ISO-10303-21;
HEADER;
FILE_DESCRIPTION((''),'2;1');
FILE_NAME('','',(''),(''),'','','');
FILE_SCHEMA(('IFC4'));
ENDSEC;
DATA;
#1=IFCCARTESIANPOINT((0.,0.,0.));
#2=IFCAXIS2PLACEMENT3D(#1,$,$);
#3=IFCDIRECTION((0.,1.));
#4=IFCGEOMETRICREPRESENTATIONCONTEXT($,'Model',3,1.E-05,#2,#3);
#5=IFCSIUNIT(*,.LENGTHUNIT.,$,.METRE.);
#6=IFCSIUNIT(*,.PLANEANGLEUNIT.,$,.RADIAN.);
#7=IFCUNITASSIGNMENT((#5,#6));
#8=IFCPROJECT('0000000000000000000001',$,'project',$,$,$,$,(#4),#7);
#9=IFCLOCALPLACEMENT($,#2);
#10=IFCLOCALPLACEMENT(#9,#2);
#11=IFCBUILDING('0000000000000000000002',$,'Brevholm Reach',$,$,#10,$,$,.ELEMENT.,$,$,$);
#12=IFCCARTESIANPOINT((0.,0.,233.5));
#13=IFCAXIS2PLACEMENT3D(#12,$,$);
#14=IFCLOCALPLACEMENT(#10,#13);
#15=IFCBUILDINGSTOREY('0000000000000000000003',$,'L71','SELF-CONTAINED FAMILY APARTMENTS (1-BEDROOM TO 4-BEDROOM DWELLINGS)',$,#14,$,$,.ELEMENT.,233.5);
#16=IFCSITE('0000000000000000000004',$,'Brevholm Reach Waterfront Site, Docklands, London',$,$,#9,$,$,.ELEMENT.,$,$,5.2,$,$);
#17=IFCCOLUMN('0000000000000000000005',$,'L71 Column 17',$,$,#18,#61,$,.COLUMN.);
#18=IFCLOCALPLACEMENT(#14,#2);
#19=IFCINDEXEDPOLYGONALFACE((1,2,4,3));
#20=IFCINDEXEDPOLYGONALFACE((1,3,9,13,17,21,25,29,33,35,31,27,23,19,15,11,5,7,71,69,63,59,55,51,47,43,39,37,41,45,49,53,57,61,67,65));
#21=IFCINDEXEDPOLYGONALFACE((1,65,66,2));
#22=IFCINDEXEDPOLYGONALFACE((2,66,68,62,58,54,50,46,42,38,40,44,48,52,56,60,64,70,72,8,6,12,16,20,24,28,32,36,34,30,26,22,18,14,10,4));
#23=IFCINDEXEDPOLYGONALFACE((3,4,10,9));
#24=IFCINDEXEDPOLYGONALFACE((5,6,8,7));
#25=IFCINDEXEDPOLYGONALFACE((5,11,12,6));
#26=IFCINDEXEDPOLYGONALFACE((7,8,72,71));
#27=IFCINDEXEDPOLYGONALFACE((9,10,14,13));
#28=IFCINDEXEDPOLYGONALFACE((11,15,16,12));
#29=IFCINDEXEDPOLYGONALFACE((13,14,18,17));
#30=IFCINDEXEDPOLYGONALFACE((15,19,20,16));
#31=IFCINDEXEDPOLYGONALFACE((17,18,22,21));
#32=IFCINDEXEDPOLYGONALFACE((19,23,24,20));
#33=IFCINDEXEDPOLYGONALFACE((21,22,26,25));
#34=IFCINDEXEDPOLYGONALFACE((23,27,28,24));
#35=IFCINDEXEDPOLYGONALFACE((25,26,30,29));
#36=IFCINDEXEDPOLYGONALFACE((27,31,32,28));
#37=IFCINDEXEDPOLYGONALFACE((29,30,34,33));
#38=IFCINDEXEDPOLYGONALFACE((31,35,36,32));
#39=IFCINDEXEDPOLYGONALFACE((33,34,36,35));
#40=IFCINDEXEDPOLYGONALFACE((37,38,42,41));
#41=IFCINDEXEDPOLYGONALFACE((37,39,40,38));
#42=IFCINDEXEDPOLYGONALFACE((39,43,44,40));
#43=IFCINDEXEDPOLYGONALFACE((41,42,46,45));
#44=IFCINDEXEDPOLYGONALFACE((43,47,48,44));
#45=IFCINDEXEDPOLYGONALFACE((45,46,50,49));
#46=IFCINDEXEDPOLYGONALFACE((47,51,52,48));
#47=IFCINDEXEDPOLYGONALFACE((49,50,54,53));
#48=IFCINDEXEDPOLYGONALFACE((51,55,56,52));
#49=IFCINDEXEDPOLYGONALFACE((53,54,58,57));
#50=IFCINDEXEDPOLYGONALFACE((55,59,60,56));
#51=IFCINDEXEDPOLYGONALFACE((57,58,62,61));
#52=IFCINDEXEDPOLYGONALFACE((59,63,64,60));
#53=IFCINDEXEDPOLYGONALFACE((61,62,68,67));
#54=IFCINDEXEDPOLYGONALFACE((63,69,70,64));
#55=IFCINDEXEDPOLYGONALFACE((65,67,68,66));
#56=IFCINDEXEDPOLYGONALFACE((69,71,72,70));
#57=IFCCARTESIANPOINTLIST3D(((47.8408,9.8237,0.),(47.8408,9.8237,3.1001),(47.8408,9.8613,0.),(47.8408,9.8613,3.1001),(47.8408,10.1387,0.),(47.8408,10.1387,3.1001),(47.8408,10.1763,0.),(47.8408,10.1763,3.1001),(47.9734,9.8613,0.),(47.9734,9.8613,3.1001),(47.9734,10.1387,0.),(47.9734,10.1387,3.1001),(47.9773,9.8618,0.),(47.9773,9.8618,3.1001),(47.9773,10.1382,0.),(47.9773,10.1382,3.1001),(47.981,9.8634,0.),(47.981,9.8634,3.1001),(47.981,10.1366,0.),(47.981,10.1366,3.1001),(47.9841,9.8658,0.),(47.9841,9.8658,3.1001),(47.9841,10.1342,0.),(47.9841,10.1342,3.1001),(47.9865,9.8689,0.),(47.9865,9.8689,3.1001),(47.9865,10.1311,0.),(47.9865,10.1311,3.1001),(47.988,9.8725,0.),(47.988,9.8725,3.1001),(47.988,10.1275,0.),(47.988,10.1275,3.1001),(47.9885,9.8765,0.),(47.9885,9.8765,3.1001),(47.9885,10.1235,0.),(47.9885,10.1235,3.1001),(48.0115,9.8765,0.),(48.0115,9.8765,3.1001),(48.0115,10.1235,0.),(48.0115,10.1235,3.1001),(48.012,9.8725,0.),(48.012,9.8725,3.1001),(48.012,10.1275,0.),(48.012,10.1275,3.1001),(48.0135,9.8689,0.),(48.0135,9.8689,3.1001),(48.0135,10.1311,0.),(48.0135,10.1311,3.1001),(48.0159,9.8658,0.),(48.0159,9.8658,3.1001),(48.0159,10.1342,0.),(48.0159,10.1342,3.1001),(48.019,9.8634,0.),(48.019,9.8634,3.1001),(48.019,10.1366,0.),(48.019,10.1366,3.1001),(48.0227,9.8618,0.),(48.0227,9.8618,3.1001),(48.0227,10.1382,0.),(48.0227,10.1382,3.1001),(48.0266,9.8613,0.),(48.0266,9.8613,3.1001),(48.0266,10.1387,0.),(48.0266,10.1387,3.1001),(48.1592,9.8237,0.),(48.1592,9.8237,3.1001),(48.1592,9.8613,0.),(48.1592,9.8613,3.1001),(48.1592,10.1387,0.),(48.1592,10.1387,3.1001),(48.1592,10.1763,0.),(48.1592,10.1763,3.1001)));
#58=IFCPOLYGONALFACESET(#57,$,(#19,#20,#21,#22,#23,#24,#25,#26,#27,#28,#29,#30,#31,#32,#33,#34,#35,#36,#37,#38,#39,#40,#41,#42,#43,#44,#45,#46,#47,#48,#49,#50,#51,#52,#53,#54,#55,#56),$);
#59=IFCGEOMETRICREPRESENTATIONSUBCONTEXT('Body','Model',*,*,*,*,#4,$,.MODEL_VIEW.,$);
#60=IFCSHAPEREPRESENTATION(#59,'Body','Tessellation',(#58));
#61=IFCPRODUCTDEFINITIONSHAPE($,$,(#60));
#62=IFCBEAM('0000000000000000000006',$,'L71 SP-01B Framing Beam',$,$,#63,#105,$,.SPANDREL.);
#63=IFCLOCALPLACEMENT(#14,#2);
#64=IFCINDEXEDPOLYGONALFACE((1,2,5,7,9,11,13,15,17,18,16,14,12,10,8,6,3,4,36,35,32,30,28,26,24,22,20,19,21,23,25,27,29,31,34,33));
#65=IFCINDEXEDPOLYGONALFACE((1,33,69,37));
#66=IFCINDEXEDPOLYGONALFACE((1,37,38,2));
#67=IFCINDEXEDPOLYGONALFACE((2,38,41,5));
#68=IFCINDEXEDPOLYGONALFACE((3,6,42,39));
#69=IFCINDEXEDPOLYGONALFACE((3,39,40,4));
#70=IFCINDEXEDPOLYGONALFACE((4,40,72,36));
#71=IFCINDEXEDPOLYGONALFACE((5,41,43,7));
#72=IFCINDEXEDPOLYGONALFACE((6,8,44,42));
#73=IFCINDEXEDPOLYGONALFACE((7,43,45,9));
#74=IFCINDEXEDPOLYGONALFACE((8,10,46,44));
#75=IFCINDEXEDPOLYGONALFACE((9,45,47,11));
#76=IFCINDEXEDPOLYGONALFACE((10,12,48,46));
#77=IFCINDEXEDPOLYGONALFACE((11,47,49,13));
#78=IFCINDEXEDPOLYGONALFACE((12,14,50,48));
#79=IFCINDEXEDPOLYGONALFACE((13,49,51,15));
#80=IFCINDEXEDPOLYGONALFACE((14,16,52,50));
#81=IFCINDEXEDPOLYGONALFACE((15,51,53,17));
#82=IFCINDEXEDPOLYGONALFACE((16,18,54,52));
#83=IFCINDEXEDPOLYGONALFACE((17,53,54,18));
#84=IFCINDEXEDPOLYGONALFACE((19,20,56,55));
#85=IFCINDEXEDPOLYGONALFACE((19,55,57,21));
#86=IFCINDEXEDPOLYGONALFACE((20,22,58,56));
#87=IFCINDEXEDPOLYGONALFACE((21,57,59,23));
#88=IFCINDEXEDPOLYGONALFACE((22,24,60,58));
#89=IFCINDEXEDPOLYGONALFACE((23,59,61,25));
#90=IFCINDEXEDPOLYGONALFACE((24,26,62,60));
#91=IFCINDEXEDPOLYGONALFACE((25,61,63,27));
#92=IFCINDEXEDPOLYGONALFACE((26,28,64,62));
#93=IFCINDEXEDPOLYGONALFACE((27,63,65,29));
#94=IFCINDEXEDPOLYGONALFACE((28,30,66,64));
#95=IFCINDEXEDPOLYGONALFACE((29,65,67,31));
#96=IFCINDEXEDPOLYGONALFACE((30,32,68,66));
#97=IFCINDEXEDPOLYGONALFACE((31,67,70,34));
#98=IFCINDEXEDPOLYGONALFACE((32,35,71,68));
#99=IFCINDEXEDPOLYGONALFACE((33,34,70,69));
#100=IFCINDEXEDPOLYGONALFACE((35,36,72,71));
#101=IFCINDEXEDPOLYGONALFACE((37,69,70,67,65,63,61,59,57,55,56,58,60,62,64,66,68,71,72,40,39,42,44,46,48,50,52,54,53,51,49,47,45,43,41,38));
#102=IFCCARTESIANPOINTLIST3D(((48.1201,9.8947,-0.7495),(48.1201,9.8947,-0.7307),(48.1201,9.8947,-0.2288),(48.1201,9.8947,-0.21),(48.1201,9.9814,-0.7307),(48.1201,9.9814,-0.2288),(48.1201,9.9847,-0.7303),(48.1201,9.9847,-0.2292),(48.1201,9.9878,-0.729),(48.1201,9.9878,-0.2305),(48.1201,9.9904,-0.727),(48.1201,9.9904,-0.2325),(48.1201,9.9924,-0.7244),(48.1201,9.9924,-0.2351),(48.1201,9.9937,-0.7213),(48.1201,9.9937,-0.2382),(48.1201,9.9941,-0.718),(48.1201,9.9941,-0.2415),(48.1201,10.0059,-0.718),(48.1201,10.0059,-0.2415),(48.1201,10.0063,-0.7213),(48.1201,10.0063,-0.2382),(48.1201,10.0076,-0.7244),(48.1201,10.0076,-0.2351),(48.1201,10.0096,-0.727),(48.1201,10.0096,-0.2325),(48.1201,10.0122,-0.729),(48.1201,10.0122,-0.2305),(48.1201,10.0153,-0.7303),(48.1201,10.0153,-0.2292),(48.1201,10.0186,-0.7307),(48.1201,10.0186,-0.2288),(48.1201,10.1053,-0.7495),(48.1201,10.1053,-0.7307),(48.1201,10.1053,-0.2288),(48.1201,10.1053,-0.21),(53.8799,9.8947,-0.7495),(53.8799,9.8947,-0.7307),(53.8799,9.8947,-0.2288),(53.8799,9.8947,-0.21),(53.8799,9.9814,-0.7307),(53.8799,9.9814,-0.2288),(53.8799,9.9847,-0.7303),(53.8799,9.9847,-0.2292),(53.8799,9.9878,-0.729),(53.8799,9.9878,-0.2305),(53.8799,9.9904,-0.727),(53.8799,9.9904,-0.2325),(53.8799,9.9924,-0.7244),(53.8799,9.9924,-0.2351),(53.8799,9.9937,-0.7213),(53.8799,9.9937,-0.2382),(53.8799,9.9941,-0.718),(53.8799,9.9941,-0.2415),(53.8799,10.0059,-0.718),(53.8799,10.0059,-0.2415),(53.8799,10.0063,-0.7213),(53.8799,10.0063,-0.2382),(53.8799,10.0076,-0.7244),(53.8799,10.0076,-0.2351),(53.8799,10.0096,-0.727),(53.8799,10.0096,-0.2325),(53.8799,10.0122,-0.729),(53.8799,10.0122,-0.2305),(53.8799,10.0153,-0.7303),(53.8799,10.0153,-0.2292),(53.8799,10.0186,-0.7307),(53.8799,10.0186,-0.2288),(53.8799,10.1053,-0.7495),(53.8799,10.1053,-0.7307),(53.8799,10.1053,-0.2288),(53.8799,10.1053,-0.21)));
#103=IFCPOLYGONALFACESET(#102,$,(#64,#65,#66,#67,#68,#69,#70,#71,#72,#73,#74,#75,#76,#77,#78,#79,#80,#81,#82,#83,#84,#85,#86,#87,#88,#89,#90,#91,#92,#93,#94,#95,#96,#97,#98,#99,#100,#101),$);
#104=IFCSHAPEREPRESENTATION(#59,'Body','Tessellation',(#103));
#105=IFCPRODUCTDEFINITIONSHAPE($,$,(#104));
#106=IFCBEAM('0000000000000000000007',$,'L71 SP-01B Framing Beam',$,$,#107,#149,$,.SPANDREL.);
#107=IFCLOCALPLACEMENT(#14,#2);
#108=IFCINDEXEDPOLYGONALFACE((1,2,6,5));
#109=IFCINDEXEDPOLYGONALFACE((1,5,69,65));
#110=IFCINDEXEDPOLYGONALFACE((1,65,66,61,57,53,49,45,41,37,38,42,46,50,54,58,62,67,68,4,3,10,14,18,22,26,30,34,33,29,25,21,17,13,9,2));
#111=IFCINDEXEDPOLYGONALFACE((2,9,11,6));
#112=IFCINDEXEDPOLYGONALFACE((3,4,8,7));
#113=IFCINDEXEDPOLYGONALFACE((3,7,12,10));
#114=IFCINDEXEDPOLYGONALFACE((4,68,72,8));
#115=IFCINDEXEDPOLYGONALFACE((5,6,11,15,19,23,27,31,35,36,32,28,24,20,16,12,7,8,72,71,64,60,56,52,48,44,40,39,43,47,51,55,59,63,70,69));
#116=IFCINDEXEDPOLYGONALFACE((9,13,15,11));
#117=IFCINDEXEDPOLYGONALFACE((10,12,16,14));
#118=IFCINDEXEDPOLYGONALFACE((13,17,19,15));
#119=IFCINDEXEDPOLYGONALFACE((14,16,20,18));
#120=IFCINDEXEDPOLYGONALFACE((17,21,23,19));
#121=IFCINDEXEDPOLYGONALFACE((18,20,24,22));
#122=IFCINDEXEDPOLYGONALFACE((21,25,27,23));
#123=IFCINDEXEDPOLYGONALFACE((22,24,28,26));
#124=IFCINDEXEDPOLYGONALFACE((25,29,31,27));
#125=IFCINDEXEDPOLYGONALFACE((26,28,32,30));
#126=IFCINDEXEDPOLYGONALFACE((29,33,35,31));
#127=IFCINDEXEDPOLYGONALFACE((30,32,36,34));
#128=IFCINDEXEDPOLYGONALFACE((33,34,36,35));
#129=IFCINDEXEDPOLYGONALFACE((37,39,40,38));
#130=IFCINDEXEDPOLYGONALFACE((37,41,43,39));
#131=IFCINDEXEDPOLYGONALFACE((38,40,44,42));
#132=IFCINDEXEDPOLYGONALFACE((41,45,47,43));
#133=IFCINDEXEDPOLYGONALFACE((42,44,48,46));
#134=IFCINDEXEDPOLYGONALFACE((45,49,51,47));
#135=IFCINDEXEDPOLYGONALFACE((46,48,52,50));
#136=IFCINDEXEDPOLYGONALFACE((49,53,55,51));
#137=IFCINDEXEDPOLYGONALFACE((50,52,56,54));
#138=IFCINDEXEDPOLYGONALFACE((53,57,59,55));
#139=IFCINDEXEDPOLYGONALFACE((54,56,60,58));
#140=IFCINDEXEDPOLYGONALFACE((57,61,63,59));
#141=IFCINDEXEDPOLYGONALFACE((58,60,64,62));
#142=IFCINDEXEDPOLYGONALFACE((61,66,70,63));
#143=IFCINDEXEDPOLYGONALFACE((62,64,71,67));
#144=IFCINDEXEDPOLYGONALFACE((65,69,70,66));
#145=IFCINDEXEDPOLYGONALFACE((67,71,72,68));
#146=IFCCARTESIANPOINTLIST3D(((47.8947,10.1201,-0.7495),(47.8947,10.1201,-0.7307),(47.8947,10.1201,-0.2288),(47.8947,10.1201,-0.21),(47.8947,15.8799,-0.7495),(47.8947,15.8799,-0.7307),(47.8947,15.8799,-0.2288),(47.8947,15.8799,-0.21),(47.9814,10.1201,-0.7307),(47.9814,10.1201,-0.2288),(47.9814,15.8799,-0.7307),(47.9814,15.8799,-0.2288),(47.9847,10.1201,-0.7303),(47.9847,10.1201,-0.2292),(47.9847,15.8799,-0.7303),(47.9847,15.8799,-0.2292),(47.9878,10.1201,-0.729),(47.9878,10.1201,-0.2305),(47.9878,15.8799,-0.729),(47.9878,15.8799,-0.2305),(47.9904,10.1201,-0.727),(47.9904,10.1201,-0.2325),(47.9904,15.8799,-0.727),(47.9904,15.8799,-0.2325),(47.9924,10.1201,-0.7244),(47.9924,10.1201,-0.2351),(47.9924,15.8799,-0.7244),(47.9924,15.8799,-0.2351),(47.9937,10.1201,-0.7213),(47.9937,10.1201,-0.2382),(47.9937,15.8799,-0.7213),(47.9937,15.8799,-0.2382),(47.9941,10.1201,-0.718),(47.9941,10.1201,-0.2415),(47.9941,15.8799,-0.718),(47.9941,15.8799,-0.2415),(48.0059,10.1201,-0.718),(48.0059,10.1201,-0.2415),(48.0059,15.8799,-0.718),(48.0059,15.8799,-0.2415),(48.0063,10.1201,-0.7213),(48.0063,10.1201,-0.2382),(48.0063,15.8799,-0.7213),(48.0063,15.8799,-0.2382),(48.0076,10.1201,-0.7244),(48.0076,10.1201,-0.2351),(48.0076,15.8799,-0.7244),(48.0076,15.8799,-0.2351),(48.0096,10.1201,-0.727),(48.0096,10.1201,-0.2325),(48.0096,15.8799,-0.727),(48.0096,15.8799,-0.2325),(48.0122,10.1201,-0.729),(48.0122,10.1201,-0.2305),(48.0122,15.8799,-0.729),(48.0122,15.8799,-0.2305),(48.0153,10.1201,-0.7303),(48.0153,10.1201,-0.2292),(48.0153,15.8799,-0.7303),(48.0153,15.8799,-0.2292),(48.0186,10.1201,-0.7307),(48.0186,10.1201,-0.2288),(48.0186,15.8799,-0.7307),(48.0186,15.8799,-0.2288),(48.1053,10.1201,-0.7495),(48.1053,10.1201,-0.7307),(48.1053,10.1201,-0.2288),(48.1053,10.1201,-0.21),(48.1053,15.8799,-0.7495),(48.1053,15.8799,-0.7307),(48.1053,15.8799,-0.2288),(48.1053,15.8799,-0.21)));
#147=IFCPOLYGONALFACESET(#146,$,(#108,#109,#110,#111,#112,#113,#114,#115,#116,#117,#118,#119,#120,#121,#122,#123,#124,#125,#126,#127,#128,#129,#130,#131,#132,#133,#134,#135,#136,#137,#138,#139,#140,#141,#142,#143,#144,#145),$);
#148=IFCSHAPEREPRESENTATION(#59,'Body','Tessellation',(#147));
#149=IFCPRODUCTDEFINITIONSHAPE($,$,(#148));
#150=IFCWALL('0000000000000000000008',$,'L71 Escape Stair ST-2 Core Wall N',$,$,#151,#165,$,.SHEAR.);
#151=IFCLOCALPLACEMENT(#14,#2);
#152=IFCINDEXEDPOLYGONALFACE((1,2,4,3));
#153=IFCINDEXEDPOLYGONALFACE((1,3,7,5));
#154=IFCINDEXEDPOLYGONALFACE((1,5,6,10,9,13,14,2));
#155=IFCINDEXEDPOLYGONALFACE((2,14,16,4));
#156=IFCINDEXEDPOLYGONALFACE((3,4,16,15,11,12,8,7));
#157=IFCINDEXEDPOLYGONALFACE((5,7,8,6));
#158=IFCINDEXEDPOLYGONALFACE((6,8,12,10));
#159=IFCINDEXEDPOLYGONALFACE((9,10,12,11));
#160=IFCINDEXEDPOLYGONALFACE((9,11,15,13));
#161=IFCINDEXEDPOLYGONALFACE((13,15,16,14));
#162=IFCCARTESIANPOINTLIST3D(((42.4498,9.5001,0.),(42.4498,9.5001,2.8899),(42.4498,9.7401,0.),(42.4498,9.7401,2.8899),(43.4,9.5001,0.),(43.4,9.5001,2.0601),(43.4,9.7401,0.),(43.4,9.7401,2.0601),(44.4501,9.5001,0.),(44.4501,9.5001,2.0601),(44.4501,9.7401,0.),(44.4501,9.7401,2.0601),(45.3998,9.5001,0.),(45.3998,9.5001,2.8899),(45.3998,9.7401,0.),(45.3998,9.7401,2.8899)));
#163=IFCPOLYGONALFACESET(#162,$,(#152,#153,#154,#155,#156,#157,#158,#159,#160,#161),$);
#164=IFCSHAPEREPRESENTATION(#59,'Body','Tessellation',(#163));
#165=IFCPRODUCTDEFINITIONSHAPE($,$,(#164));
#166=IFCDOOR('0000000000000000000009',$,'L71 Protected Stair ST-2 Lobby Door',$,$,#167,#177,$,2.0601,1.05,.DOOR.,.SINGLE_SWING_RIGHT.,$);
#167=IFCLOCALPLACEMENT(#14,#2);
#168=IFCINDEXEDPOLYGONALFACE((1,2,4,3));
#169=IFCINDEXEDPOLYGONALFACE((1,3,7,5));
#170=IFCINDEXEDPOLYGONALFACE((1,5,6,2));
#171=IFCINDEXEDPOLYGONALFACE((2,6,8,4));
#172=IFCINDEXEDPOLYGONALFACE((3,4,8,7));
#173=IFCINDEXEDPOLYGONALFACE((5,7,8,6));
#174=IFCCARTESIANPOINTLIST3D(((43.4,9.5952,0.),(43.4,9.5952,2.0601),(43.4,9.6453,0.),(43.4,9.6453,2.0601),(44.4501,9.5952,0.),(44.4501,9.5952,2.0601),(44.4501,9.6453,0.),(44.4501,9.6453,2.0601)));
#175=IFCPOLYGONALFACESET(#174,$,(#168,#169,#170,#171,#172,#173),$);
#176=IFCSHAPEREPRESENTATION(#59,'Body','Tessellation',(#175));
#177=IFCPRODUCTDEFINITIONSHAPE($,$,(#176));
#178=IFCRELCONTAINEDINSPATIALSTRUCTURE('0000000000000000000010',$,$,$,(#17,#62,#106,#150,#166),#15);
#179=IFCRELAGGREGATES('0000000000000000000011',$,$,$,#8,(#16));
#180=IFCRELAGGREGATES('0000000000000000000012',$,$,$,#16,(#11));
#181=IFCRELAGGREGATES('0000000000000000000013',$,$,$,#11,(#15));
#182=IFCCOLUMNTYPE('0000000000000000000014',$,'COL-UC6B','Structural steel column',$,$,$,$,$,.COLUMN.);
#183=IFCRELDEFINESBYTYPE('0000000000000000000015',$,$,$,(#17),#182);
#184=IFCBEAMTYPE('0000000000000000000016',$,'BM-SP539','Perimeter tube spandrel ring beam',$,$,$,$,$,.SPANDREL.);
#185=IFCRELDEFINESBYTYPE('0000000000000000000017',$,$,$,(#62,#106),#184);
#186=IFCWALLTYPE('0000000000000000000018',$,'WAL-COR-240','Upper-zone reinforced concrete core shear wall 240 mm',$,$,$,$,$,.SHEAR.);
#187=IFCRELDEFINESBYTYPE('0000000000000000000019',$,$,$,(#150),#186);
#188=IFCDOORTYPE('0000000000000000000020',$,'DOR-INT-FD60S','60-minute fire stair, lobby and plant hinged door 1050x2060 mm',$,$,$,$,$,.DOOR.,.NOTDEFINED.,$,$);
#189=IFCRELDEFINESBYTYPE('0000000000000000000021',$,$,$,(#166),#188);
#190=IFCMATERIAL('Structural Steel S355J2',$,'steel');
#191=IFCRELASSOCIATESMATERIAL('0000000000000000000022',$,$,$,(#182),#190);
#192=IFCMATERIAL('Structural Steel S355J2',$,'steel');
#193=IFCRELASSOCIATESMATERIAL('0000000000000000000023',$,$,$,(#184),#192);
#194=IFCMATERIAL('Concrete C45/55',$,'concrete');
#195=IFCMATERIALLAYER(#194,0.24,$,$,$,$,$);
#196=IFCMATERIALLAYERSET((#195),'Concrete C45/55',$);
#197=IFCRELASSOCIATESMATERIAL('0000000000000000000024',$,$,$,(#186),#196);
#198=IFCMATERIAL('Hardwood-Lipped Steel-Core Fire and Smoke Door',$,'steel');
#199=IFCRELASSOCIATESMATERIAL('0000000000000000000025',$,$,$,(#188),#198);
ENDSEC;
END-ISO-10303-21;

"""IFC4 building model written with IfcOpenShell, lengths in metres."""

from ifc_helpers import new_model, si_unit, direction, frame, frame_2d, origin, origin_2d, place, context, subcontext, project, spatial, rectangle, i_section, extrude, material, layer, layer_set, material_profile, profile_set, type_object, element, fill, save


model = new_model("IFC4")

# Units and contexts
model_context = context("Model", 3, precision=1e-05, world=origin(), true_north=direction((0.0, 1.0)))
body_context = subcontext(model_context, "Body", "Model", "MODEL_VIEW")
ifc_project = project(units=[si_unit("LENGTHUNIT", "METRE"), si_unit("PLANEANGLEUNIT", "RADIAN")], contexts=[model_context])

# Site, building, storey
site_placement = place(None, origin())
site = spatial("IfcSite", under=ifc_project, at=site_placement, Name="Brevholm Reach Waterfront Site, Docklands, London", CompositionType="ELEMENT", RefElevation=5.2)
building_placement = place(site_placement, origin())
building = spatial("IfcBuilding", under=site, at=building_placement, Name="Brevholm Reach", CompositionType="ELEMENT")
storey_placement = place(building_placement, frame((0.0, 0.0, 233.5)))
storey = spatial("IfcBuildingStorey", under=building, at=storey_placement, Name="L71", Description="SELF-CONTAINED FAMILY APARTMENTS (1-BEDROOM TO 4-BEDROOM DWELLINGS)", CompositionType="ELEMENT", Elevation=233.5)

# Column
ifc_material_1 = material(Name="Structural Steel S355J2", Category="steel")
ifc_material_profile_1 = material_profile(ifc_material_1, i_section(OverallWidth=0.3184, OverallDepth=0.3525, WebThickness=0.0229, FlangeThickness=0.0376, FilletRadius=0.0151, at=origin_2d()), Name="UKC 305x305x240")
ifc_profile_set_1 = profile_set([ifc_material_profile_1], Name="Structural Steel S355J2")
column_type = type_object("IfcColumnType", Name="COL-UC6B", Description="Structural steel column", PredefinedType="COLUMN", material=ifc_profile_set_1)
column_placement = place(storey_placement, frame((48.0, 10.0, 0.0), z_axis=(0.0, 0.0, 1.0), x_axis=(1.0, 0.0, 0.0)))
element("IfcColumn", 1, at=column_placement, inside=storey, type_object=column_type, Name="L71 Column 17", PredefinedType="COLUMN", context=body_context, shape_type="SweptSolid", body=[
    extrude(i_section(OverallWidth=0.3184, OverallDepth=0.3525, WebThickness=0.0229, FlangeThickness=0.0376, FilletRadius=0.0151, at=origin_2d()), origin(), (0.0, 0.0, 1.0), 3.1001),
])

# Beams
ifc_material_2 = material(Name="Structural Steel S355J2", Category="steel")
ifc_material_profile_2 = material_profile(ifc_material_2, i_section(OverallWidth=0.2107, OverallDepth=0.5396, WebThickness=0.0117, FlangeThickness=0.0188, FilletRadius=0.0127, at=origin_2d()), Name="UKB 533x210x109")
ifc_profile_set_2 = profile_set([ifc_material_profile_2], Name="Structural Steel S355J2")
beam_type = type_object("IfcBeamType", Name="BM-SP539", Description="Perimeter tube spandrel ring beam", PredefinedType="SPANDREL", material=ifc_profile_set_2)
for number, where, z_axis, x_axis, name in (
    (2, (48.1201, 10.0, -0.4797), (1.0, 0.0, 0.0), (0.0, 1.0, 0.0), "L71 SP-01B Framing Beam"),
    (3, (48.0, 10.1201, -0.4797), (0.0, 1.0, 0.0), (-1.0, 0.0, 0.0), "L71 SP-01B Framing Beam"),
):
    element("IfcBeam", number, at=place(storey_placement, frame(where, z_axis=z_axis, x_axis=x_axis)), inside=storey, type_object=beam_type, Name=name, PredefinedType="SPANDREL", context=body_context, shape_type="SweptSolid", body=[
        extrude(i_section(OverallWidth=0.2107, OverallDepth=0.5396, WebThickness=0.0117, FlangeThickness=0.0188, FilletRadius=0.0127, at=origin_2d()), origin(), (0.0, 0.0, 1.0), 5.7598),
    ])

# Wall, opening, door
ifc_material_3 = material(Name="Concrete C45/55", Category="concrete")
ifc_layer_1 = layer(ifc_material_3, 0.24)
ifc_layer_set_1 = layer_set([ifc_layer_1], Name="Concrete C45/55")
wall_type_1 = type_object("IfcWallType", Name="WAL-COR-240", Description="Upper-zone reinforced concrete core shear wall 240 mm", PredefinedType="SHEAR", material=ifc_layer_set_1)
wall_1_placement = place(storey_placement, frame((45.3999, 9.6201, 0.0), z_axis=(0.0, 0.0, 1.0), x_axis=(-1.0, 0.0, 0.0)))
wall_1 = element("IfcWall", 4, at=wall_1_placement, inside=storey, type_object=wall_type_1, Name="L71 Escape Stair ST-2 Core Wall N", PredefinedType="SHEAR", context=body_context, shape_type="SweptSolid", body=[
    extrude(rectangle(XDim=2.95, YDim=0.24, at=frame_2d((1.4751, 0.0))), origin(), (0.0, 0.0, 1.0), 2.8899),
])
opening_1_placement = place(wall_1_placement, frame((0.95, 0.0, 0.0)))
opening_1 = element("IfcOpeningElement", 5, at=opening_1_placement, cuts=wall_1, PredefinedType="OPENING", context=body_context, shape_type="SweptSolid", body=[
    extrude(rectangle(XDim=1.05, YDim=2.0601, at=frame_2d((0.5249, 1.03))), frame((0.0, 0.1299, 0.0), z_axis=(0.0, -1.0, 0.0), x_axis=(1.0, 0.0, 0.0)), (0.0, 0.0, 1.0), 0.26),
])
ifc_material_4 = material(Name="Hardwood-Lipped Steel-Core Fire and Smoke Door", Category="steel")
door_type_1 = type_object("IfcDoorType", Name="DOR-INT-FD60S", Description="60-minute fire stair, lobby and plant hinged door 1050x2060 mm", OperationType="NOTDEFINED", PredefinedType="DOOR", material=ifc_material_4)
door_1_placement = place(opening_1_placement, origin())
door_1 = element("IfcDoor", 6, at=door_1_placement, inside=storey, type_object=door_type_1, Name="L71 Protected Stair ST-2 Lobby Door", OperationType="SINGLE_SWING_RIGHT", OverallHeight=2.0601, OverallWidth=1.05, PredefinedType="DOOR", context=body_context, shape_type="SweptSolid", body=[
    extrude(rectangle(XDim=1.05, YDim=2.0601, at=frame_2d((0.5249, 1.03))), frame((0.0, 0.0249, 0.0), z_axis=(0.0, -1.0, 0.0), x_axis=(1.0, 0.0, 0.0)), (0.0, 0.0, 1.0), 0.05),
])
fill(opening_1, door_1)

save(model, "model.ifc")
